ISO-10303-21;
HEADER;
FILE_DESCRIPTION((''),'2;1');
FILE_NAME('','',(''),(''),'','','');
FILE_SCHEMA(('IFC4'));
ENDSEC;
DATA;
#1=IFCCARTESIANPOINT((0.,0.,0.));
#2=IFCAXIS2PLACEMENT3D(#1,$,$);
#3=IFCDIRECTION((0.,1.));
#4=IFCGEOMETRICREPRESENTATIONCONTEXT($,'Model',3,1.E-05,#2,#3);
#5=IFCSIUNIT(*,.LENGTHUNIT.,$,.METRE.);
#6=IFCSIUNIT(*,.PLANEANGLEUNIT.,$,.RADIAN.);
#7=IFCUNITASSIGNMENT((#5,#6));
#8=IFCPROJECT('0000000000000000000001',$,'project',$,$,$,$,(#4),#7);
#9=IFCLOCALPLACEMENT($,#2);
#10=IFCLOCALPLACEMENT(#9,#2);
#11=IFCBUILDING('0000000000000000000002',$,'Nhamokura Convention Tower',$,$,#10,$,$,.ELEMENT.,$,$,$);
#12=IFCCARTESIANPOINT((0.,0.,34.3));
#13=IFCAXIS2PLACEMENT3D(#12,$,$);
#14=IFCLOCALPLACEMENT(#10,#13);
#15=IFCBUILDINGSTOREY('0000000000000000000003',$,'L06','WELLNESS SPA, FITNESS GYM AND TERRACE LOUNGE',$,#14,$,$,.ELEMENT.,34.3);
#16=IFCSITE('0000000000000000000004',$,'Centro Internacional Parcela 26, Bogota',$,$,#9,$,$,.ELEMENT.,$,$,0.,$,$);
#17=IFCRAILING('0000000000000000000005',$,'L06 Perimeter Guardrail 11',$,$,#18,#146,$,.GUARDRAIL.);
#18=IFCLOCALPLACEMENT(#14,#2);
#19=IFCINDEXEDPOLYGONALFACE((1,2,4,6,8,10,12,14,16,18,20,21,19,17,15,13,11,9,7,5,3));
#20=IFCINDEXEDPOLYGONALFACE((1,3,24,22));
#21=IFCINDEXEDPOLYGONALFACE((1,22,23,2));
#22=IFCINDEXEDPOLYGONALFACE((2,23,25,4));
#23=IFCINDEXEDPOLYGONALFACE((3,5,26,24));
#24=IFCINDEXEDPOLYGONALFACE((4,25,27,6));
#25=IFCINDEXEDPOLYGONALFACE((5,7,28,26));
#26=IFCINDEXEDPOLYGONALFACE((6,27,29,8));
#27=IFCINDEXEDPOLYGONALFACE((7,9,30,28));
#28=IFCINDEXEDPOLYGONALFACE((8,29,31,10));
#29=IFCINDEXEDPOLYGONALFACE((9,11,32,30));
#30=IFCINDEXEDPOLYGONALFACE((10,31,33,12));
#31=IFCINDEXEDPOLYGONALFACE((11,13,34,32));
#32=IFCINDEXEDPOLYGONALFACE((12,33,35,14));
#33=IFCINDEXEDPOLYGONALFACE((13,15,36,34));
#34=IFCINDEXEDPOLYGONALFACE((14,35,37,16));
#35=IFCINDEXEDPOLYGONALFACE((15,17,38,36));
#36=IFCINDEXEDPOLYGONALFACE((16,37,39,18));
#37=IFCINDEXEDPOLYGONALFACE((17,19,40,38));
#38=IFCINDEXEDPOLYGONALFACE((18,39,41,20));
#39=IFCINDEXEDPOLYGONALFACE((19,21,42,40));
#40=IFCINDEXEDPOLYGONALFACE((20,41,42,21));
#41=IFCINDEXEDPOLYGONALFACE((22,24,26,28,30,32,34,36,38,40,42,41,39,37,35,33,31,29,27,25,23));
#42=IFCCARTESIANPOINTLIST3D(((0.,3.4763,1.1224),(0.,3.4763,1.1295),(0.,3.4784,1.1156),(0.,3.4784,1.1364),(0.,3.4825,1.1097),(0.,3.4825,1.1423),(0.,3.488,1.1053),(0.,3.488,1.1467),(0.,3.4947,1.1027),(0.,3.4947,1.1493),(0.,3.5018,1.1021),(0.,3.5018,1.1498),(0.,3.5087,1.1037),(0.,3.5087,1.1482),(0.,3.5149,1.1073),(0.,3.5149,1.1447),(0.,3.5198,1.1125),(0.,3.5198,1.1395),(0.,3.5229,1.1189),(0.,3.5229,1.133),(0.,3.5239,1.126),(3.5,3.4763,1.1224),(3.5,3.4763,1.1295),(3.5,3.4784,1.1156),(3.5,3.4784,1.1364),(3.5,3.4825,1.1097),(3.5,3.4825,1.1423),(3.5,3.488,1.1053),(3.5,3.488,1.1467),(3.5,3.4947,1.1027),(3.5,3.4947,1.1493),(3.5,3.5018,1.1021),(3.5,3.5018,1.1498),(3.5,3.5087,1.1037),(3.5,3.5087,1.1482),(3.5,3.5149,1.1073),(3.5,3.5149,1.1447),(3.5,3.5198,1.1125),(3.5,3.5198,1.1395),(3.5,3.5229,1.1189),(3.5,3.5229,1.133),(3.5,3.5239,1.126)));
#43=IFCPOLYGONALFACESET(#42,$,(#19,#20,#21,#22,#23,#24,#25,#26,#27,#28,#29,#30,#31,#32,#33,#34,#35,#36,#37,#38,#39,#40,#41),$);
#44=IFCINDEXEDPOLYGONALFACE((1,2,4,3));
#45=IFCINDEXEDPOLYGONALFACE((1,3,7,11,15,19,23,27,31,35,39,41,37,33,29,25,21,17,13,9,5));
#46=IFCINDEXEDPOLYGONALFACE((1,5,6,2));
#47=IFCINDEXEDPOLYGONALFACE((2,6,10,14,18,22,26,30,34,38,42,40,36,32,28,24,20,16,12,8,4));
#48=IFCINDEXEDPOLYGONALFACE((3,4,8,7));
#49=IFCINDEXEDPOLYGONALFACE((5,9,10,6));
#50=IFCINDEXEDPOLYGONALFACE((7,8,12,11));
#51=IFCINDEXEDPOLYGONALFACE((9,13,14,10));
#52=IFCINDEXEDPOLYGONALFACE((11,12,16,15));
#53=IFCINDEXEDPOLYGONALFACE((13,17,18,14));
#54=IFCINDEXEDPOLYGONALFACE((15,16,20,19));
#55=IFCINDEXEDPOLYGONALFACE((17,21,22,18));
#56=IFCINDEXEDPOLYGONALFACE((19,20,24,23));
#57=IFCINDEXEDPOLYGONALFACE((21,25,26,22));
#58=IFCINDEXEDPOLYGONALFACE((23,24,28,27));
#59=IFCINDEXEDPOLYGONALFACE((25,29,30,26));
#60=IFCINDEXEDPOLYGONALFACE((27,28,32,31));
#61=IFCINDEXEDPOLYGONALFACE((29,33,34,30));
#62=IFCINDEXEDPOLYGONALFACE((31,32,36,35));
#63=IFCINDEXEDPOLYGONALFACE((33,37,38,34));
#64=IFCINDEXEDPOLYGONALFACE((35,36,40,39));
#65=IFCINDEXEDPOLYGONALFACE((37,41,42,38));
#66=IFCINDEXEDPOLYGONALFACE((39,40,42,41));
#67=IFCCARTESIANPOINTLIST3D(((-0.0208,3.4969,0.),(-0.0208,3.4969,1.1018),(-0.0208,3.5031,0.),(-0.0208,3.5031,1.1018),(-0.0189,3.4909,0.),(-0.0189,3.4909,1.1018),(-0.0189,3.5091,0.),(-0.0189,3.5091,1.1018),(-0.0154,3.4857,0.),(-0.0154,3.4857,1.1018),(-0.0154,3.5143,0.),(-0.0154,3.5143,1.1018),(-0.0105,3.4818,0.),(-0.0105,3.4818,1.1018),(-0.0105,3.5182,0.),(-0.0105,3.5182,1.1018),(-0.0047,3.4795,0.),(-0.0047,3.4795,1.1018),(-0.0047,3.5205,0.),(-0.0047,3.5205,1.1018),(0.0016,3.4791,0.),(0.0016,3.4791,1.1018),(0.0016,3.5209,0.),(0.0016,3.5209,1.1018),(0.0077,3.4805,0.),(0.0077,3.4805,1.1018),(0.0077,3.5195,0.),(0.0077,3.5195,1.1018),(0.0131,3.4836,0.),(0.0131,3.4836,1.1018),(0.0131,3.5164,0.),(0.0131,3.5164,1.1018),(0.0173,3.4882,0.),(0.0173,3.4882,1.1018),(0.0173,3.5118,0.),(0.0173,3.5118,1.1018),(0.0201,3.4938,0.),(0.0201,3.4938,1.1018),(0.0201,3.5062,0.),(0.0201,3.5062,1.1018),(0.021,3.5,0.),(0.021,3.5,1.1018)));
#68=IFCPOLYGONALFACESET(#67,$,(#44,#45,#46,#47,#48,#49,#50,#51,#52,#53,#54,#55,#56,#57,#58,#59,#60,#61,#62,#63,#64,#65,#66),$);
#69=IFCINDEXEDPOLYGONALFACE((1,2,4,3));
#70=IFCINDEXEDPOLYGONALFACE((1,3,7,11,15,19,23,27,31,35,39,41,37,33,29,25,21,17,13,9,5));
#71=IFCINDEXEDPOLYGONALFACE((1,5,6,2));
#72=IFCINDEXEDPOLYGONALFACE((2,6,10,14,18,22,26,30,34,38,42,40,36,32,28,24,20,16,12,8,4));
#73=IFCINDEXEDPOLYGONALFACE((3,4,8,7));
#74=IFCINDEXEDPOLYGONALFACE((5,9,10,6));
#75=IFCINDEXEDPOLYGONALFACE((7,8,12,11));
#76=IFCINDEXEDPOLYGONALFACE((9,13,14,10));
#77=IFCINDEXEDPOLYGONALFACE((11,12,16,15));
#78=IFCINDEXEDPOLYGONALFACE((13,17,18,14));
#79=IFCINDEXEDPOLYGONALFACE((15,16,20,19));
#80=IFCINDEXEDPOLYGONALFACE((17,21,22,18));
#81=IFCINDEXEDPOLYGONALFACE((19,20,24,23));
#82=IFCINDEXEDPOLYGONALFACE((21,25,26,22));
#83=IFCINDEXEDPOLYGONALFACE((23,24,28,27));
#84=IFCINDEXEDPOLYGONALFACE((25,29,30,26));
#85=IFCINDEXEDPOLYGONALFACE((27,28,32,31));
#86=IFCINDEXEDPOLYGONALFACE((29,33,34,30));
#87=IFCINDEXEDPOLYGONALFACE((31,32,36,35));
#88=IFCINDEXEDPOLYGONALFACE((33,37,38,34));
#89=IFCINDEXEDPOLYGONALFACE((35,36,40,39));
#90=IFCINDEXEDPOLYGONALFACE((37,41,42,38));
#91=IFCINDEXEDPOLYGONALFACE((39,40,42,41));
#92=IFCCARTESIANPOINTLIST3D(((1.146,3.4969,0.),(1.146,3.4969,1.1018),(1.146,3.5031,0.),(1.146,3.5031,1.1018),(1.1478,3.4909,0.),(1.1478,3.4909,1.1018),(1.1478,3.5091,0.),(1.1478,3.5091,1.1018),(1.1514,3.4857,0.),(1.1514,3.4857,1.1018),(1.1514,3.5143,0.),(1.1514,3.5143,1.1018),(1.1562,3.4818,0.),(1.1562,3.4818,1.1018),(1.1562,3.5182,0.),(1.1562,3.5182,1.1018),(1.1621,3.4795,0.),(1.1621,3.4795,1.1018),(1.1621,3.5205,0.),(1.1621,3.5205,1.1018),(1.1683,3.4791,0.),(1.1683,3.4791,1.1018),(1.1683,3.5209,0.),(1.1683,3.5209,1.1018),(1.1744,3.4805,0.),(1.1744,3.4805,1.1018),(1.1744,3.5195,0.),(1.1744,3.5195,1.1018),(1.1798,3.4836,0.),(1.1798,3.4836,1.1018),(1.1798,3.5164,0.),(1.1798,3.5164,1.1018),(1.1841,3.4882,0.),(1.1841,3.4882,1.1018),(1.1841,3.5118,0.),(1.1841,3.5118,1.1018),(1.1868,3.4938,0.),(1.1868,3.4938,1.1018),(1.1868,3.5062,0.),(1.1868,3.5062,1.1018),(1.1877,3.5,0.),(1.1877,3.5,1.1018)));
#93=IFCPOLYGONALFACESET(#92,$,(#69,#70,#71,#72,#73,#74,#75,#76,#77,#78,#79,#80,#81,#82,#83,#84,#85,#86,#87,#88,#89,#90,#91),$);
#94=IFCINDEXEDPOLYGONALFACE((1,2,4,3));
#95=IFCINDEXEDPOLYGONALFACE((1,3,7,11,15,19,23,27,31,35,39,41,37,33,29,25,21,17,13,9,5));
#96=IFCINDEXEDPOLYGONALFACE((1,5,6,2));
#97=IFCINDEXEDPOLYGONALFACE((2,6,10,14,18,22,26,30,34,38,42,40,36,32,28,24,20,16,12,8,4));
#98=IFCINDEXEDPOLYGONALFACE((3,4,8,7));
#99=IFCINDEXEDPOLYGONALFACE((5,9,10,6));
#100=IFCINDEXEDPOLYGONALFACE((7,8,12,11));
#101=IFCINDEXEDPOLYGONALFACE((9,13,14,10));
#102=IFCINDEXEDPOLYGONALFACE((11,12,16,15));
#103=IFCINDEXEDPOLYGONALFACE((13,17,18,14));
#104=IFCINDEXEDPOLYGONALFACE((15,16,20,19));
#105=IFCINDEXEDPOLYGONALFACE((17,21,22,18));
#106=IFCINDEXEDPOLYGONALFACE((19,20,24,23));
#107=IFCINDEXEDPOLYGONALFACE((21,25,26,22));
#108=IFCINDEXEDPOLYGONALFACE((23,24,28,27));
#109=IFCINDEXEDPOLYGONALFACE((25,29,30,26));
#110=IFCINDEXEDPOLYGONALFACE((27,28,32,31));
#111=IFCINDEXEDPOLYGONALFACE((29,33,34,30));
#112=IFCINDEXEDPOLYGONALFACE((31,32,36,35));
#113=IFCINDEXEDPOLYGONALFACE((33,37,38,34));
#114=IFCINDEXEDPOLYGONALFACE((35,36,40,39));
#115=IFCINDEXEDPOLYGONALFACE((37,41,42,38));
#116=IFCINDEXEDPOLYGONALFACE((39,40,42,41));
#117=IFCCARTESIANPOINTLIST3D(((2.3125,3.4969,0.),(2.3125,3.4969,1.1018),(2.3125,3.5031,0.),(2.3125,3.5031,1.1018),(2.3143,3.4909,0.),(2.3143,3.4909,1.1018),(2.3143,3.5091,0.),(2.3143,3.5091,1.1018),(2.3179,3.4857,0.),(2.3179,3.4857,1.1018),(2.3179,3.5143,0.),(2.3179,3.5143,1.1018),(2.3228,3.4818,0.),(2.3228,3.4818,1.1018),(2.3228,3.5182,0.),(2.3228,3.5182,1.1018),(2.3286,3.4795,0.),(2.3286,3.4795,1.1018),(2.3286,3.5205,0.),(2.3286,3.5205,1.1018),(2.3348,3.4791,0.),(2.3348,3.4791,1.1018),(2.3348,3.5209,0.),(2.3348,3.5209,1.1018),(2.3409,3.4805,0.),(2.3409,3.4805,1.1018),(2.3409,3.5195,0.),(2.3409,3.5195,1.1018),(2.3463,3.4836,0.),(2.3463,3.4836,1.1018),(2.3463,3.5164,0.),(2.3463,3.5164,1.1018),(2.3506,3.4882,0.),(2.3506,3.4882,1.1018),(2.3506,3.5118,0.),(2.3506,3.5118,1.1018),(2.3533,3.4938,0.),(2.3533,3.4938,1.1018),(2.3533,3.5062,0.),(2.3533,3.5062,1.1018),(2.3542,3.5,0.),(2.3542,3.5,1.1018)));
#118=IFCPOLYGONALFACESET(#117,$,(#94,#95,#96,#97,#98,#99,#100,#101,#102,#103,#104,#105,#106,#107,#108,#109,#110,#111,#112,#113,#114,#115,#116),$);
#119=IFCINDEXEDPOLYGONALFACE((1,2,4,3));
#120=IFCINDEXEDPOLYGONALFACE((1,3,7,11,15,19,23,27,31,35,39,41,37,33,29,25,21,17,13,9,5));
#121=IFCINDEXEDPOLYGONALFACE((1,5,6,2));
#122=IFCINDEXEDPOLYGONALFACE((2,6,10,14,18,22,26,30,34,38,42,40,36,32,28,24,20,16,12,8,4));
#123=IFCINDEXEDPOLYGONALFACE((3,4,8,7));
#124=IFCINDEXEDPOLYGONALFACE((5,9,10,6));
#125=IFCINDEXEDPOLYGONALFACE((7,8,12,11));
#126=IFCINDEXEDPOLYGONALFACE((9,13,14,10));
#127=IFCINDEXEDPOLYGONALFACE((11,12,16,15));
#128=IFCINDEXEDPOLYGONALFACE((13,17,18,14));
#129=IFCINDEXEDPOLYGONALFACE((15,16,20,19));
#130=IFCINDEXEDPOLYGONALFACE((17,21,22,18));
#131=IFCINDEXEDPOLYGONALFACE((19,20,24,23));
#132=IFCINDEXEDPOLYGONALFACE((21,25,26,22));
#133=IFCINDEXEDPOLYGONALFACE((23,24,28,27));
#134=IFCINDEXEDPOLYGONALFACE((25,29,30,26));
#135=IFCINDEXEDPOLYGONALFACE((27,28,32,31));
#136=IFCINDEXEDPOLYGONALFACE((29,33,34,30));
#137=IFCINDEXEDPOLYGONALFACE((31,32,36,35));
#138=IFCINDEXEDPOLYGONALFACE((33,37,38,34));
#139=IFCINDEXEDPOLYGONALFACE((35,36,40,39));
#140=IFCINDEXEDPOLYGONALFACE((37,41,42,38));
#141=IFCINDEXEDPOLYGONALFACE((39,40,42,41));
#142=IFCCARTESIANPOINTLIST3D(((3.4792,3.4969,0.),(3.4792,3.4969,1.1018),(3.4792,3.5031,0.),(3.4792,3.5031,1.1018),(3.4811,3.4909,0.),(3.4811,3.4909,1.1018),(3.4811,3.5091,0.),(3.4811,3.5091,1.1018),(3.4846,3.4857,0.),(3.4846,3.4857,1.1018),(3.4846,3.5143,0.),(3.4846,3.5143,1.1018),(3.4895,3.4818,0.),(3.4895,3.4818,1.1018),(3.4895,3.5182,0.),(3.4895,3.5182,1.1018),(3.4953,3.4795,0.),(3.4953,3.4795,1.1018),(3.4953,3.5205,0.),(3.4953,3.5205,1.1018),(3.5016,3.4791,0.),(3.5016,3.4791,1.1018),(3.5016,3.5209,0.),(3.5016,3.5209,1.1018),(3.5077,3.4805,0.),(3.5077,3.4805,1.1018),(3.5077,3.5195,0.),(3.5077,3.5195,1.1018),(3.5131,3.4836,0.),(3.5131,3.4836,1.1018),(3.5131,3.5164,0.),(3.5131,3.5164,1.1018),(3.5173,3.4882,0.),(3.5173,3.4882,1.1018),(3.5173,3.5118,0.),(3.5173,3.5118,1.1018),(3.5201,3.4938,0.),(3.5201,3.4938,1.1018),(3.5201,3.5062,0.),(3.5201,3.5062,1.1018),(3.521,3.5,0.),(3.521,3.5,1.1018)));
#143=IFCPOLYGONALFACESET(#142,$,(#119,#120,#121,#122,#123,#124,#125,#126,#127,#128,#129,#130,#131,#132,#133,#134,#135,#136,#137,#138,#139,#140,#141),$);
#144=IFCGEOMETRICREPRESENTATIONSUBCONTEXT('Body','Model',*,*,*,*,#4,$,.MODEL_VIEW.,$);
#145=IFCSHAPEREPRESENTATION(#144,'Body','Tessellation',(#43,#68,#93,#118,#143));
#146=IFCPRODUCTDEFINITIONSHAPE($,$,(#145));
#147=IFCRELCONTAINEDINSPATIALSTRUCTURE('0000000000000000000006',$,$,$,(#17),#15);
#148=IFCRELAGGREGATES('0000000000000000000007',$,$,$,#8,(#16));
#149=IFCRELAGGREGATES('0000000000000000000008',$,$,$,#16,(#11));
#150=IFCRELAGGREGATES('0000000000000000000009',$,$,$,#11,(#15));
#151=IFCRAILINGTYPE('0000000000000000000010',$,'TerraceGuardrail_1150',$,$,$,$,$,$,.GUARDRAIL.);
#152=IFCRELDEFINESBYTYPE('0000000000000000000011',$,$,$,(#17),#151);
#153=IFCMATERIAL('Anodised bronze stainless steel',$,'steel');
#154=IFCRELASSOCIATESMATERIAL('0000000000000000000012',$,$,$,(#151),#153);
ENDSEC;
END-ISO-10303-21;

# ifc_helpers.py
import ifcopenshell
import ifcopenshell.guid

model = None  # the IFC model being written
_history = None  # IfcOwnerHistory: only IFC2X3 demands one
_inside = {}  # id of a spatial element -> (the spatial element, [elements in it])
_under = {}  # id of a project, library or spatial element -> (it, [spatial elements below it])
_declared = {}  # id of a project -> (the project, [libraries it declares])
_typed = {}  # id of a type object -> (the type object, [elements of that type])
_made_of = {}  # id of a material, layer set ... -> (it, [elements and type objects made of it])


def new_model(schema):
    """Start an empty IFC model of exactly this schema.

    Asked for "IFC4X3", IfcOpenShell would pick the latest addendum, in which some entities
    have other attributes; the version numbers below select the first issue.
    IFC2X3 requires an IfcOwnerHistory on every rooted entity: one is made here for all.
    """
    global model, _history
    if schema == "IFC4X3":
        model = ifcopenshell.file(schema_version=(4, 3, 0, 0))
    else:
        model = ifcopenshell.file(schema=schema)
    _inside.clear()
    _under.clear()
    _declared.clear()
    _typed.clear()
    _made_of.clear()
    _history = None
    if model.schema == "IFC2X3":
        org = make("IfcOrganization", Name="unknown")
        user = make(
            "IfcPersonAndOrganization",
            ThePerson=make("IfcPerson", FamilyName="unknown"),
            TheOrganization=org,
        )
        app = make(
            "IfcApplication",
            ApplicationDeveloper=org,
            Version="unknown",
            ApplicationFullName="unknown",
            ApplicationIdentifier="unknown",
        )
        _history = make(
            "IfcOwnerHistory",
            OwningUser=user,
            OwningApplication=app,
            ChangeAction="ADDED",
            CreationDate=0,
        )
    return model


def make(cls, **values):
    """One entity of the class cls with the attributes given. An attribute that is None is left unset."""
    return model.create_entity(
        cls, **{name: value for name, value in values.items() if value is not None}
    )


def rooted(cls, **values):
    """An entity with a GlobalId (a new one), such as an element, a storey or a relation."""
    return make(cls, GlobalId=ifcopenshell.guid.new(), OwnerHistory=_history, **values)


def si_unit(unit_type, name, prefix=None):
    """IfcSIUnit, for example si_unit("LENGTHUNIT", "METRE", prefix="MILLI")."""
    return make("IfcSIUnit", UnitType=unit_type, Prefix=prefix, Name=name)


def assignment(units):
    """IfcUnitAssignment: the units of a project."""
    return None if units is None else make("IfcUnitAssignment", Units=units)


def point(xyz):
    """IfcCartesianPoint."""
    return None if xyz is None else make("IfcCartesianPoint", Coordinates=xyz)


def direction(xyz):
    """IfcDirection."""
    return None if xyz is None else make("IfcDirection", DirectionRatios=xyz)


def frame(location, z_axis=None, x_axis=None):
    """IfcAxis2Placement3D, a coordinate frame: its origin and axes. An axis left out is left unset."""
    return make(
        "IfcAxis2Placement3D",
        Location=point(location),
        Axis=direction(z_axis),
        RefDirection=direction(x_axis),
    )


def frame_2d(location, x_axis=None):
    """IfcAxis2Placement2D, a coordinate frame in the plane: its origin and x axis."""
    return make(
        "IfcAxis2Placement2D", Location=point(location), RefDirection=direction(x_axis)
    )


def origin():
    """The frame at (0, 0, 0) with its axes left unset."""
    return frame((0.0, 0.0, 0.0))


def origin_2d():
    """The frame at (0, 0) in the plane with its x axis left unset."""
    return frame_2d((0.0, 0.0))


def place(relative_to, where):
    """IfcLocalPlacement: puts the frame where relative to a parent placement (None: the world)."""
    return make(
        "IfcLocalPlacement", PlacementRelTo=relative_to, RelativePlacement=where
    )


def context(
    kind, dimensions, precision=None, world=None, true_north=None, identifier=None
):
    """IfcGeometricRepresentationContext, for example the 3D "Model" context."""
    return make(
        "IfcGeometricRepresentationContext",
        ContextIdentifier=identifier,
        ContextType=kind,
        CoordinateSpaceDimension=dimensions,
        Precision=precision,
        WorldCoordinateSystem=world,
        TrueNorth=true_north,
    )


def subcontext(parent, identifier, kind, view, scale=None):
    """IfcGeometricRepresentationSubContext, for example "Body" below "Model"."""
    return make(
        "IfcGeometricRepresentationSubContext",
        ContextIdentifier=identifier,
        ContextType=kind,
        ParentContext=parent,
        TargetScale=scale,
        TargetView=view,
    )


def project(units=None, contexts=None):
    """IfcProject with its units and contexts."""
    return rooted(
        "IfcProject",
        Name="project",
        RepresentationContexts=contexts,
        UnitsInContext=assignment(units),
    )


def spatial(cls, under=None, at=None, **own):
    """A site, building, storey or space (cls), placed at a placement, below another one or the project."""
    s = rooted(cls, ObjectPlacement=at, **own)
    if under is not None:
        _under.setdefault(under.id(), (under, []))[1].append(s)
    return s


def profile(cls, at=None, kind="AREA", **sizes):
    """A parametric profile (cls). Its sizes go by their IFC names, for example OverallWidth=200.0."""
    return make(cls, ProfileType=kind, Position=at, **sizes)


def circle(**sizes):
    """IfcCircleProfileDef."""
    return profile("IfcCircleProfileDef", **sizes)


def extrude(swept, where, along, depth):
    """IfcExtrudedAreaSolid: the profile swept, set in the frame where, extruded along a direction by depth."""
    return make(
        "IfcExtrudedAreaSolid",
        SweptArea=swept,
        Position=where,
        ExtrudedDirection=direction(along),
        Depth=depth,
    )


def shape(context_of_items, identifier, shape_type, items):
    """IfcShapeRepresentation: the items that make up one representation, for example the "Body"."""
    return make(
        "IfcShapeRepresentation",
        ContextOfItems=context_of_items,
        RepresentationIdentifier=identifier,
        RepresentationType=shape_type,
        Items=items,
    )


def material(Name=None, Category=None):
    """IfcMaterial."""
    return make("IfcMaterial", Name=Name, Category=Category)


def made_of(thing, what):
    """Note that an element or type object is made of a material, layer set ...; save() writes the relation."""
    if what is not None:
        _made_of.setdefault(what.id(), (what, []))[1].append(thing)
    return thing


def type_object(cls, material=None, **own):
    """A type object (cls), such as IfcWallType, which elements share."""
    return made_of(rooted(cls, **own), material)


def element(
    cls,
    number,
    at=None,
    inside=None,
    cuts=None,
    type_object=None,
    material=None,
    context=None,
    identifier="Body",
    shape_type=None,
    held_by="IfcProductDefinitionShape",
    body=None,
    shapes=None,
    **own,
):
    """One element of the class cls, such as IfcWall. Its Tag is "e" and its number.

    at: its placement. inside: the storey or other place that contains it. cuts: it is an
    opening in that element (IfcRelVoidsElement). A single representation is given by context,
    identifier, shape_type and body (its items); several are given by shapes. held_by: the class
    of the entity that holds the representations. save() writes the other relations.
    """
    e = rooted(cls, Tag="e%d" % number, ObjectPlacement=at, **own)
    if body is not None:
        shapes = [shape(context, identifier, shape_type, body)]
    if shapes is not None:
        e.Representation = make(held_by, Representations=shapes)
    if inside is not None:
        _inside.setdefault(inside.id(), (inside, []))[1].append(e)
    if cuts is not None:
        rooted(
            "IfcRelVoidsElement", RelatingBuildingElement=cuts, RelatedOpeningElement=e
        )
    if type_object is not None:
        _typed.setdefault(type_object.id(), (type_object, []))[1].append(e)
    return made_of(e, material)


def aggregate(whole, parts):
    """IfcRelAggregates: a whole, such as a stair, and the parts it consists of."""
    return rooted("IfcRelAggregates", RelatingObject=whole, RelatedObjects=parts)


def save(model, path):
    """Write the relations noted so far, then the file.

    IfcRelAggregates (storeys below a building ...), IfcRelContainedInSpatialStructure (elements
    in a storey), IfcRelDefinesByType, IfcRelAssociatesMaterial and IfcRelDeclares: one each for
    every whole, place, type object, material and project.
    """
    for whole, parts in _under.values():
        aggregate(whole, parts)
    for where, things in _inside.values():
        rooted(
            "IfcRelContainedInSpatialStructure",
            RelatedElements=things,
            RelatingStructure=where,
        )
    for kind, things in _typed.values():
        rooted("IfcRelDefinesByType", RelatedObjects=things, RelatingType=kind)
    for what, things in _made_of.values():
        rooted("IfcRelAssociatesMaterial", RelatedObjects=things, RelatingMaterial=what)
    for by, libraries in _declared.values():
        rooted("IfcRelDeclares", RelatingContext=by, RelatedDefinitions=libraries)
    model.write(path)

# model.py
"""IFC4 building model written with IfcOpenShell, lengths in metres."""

from ifc_helpers import new_model, si_unit, direction, frame, origin, origin_2d, place, context, subcontext, project, spatial, circle, extrude, material, type_object, element, save


model = new_model("IFC4")

# Units and contexts
model_context = context("Model", 3, precision=1e-05, world=origin(), true_north=direction((0.0, 1.0)))
body_context = subcontext(model_context, "Body", "Model", "MODEL_VIEW")
ifc_project = project(units=[si_unit("LENGTHUNIT", "METRE"), si_unit("PLANEANGLEUNIT", "RADIAN")], contexts=[model_context])

# Site, building, storey
site_placement = place(None, origin())
site = spatial("IfcSite", under=ifc_project, at=site_placement, Name="Centro Internacional Parcela 26, Bogota", CompositionType="ELEMENT", RefElevation=0.0)
building_placement = place(site_placement, origin())
building = spatial("IfcBuilding", under=site, at=building_placement, Name="Nhamokura Convention Tower", CompositionType="ELEMENT")
storey_placement = place(building_placement, frame((0.0, 0.0, 34.3)))
storey = spatial("IfcBuildingStorey", under=building, at=storey_placement, Name="L06", Description="WELLNESS SPA, FITNESS GYM AND TERRACE LOUNGE", CompositionType="ELEMENT", Elevation=34.3)

# Railing
ifc_material_1 = material(Name="Anodised bronze stainless steel", Category="steel")
railing_type = type_object("IfcRailingType", Name="TerraceGuardrail_1150", PredefinedType="GUARDRAIL", material=ifc_material_1)
railing_1_placement = place(storey_placement, frame((0.0, 3.5, 0.0)))
element("IfcRailing", 1, at=railing_1_placement, inside=storey, type_object=railing_type, Name="L06 Perimeter Guardrail 11", PredefinedType="GUARDRAIL", context=body_context, shape_type="SweptSolid", body=[
    extrude(circle(Radius=0.0239, at=origin_2d()), frame((0.0, 0.0, 1.126), z_axis=(1.0, 0.0, 0.0), x_axis=(0.0, 1.0, 0.0)), (0.0, 0.0, 1.0), 3.5),
    extrude(circle(Radius=0.021, at=origin_2d()), origin(), (0.0, 0.0, 1.0), 1.1018),
    extrude(circle(Radius=0.021, at=origin_2d()), frame((1.1667, 0.0, 0.0)), (0.0, 0.0, 1.0), 1.1018),
    extrude(circle(Radius=0.021, at=origin_2d()), frame((2.3333, 0.0, 0.0)), (0.0, 0.0, 1.0), 1.1018),
    extrude(circle(Radius=0.021, at=origin_2d()), frame((3.5, 0.0, 0.0)), (0.0, 0.0, 1.0), 1.1018),
])

save(model, "model.ifc")
